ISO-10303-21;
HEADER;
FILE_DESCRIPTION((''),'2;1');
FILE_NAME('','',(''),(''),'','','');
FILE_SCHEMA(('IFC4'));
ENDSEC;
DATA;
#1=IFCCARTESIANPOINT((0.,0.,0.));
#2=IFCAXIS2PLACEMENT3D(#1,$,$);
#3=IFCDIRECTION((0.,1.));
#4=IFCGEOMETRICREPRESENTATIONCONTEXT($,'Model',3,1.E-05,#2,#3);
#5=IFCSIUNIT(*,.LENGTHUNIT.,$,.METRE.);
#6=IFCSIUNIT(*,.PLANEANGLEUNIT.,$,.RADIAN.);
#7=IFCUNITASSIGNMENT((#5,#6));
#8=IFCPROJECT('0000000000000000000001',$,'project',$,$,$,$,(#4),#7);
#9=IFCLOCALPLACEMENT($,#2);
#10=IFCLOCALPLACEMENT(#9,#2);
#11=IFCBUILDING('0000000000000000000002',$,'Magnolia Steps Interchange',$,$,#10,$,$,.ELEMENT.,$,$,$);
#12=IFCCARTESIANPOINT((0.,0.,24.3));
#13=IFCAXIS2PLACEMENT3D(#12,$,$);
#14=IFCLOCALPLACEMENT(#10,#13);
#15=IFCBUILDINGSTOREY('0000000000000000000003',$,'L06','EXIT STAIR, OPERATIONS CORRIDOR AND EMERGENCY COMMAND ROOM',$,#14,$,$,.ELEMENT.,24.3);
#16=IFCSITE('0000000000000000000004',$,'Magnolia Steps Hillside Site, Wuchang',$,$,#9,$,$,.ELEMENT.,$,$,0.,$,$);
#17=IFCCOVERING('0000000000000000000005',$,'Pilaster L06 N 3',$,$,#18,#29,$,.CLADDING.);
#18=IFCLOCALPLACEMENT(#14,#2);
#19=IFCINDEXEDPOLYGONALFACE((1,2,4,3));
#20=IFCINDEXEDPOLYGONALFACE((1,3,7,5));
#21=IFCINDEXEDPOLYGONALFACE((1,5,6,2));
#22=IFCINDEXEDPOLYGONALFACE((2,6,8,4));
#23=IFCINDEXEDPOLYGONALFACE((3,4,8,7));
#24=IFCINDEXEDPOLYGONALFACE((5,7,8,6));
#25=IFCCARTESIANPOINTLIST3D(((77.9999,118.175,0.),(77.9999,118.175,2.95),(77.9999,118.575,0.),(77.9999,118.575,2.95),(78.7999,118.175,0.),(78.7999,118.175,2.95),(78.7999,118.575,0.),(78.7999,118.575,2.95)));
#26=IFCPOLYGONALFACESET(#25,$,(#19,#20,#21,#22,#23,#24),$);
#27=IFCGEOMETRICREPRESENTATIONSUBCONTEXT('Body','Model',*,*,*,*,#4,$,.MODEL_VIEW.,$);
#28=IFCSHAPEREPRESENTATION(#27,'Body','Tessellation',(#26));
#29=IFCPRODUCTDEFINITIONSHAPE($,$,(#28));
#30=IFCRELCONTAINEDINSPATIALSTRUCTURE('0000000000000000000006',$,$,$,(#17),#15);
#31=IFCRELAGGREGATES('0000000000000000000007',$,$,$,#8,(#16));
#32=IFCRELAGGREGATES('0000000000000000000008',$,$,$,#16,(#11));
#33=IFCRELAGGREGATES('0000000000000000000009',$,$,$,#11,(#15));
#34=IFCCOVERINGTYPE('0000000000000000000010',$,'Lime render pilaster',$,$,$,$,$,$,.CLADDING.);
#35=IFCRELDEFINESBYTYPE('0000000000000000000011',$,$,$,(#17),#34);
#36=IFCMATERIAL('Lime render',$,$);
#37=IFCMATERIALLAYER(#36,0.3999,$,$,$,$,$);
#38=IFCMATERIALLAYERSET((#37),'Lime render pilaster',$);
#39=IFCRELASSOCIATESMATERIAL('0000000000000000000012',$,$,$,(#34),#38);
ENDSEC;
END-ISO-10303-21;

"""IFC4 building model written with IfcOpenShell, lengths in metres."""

from ifc_helpers import new_model, si_unit, direction, frame, origin, origin_2d, place, context, subcontext, project, spatial, rectangle, extrude, material, layer, layer_set, type_object, element, save


model = new_model("IFC4")

# Units and contexts
model_context = context("Model", 3, precision=1e-05, world=origin(), true_north=direction((0.0, 1.0)))
body_context = subcontext(model_context, "Body", "Model", "MODEL_VIEW")
ifc_project = project(units=[si_unit("LENGTHUNIT", "METRE"), si_unit("PLANEANGLEUNIT", "RADIAN")], contexts=[model_context])

# Site, building, storey
site_placement = place(None, origin())
site = spatial("IfcSite", under=ifc_project, at=site_placement, Name="Magnolia Steps Hillside Site, Wuchang", CompositionType="ELEMENT", RefElevation=0.0)
building_placement = place(site_placement, origin())
building = spatial("IfcBuilding", under=site, at=building_placement, Name="Magnolia Steps Interchange", CompositionType="ELEMENT")
storey_placement = place(building_placement, frame((0.0, 0.0, 24.3)))
storey = spatial("IfcBuildingStorey", under=building, at=storey_placement, Name="L06", Description="EXIT STAIR, OPERATIONS CORRIDOR AND EMERGENCY COMMAND ROOM", CompositionType="ELEMENT", Elevation=24.3)

# Covering
ifc_material_1 = material(Name="Lime render")
ifc_layer_1 = layer(ifc_material_1, 0.3999)
ifc_layer_set_1 = layer_set([ifc_layer_1], Name="Lime render pilaster")
covering_type_1 = type_object("IfcCoveringType", Name="Lime render pilaster", PredefinedType="CLADDING", material=ifc_layer_set_1)
covering_1_placement = place(storey_placement, frame((78.3999, 118.375, 0.0), z_axis=(0.0, 0.0, 1.0), x_axis=(1.0, 0.0, 0.0)))
element("IfcCovering", 1, at=covering_1_placement, inside=storey, type_object=covering_type_1, Name="Pilaster L06 N 3", PredefinedType="CLADDING", context=body_context, shape_type="SweptSolid", body=[
    extrude(rectangle(XDim=0.8, YDim=0.3999, at=origin_2d()), origin(), (0.0, 0.0, 1.0), 2.95),
])

save(model, "model.ifc")
